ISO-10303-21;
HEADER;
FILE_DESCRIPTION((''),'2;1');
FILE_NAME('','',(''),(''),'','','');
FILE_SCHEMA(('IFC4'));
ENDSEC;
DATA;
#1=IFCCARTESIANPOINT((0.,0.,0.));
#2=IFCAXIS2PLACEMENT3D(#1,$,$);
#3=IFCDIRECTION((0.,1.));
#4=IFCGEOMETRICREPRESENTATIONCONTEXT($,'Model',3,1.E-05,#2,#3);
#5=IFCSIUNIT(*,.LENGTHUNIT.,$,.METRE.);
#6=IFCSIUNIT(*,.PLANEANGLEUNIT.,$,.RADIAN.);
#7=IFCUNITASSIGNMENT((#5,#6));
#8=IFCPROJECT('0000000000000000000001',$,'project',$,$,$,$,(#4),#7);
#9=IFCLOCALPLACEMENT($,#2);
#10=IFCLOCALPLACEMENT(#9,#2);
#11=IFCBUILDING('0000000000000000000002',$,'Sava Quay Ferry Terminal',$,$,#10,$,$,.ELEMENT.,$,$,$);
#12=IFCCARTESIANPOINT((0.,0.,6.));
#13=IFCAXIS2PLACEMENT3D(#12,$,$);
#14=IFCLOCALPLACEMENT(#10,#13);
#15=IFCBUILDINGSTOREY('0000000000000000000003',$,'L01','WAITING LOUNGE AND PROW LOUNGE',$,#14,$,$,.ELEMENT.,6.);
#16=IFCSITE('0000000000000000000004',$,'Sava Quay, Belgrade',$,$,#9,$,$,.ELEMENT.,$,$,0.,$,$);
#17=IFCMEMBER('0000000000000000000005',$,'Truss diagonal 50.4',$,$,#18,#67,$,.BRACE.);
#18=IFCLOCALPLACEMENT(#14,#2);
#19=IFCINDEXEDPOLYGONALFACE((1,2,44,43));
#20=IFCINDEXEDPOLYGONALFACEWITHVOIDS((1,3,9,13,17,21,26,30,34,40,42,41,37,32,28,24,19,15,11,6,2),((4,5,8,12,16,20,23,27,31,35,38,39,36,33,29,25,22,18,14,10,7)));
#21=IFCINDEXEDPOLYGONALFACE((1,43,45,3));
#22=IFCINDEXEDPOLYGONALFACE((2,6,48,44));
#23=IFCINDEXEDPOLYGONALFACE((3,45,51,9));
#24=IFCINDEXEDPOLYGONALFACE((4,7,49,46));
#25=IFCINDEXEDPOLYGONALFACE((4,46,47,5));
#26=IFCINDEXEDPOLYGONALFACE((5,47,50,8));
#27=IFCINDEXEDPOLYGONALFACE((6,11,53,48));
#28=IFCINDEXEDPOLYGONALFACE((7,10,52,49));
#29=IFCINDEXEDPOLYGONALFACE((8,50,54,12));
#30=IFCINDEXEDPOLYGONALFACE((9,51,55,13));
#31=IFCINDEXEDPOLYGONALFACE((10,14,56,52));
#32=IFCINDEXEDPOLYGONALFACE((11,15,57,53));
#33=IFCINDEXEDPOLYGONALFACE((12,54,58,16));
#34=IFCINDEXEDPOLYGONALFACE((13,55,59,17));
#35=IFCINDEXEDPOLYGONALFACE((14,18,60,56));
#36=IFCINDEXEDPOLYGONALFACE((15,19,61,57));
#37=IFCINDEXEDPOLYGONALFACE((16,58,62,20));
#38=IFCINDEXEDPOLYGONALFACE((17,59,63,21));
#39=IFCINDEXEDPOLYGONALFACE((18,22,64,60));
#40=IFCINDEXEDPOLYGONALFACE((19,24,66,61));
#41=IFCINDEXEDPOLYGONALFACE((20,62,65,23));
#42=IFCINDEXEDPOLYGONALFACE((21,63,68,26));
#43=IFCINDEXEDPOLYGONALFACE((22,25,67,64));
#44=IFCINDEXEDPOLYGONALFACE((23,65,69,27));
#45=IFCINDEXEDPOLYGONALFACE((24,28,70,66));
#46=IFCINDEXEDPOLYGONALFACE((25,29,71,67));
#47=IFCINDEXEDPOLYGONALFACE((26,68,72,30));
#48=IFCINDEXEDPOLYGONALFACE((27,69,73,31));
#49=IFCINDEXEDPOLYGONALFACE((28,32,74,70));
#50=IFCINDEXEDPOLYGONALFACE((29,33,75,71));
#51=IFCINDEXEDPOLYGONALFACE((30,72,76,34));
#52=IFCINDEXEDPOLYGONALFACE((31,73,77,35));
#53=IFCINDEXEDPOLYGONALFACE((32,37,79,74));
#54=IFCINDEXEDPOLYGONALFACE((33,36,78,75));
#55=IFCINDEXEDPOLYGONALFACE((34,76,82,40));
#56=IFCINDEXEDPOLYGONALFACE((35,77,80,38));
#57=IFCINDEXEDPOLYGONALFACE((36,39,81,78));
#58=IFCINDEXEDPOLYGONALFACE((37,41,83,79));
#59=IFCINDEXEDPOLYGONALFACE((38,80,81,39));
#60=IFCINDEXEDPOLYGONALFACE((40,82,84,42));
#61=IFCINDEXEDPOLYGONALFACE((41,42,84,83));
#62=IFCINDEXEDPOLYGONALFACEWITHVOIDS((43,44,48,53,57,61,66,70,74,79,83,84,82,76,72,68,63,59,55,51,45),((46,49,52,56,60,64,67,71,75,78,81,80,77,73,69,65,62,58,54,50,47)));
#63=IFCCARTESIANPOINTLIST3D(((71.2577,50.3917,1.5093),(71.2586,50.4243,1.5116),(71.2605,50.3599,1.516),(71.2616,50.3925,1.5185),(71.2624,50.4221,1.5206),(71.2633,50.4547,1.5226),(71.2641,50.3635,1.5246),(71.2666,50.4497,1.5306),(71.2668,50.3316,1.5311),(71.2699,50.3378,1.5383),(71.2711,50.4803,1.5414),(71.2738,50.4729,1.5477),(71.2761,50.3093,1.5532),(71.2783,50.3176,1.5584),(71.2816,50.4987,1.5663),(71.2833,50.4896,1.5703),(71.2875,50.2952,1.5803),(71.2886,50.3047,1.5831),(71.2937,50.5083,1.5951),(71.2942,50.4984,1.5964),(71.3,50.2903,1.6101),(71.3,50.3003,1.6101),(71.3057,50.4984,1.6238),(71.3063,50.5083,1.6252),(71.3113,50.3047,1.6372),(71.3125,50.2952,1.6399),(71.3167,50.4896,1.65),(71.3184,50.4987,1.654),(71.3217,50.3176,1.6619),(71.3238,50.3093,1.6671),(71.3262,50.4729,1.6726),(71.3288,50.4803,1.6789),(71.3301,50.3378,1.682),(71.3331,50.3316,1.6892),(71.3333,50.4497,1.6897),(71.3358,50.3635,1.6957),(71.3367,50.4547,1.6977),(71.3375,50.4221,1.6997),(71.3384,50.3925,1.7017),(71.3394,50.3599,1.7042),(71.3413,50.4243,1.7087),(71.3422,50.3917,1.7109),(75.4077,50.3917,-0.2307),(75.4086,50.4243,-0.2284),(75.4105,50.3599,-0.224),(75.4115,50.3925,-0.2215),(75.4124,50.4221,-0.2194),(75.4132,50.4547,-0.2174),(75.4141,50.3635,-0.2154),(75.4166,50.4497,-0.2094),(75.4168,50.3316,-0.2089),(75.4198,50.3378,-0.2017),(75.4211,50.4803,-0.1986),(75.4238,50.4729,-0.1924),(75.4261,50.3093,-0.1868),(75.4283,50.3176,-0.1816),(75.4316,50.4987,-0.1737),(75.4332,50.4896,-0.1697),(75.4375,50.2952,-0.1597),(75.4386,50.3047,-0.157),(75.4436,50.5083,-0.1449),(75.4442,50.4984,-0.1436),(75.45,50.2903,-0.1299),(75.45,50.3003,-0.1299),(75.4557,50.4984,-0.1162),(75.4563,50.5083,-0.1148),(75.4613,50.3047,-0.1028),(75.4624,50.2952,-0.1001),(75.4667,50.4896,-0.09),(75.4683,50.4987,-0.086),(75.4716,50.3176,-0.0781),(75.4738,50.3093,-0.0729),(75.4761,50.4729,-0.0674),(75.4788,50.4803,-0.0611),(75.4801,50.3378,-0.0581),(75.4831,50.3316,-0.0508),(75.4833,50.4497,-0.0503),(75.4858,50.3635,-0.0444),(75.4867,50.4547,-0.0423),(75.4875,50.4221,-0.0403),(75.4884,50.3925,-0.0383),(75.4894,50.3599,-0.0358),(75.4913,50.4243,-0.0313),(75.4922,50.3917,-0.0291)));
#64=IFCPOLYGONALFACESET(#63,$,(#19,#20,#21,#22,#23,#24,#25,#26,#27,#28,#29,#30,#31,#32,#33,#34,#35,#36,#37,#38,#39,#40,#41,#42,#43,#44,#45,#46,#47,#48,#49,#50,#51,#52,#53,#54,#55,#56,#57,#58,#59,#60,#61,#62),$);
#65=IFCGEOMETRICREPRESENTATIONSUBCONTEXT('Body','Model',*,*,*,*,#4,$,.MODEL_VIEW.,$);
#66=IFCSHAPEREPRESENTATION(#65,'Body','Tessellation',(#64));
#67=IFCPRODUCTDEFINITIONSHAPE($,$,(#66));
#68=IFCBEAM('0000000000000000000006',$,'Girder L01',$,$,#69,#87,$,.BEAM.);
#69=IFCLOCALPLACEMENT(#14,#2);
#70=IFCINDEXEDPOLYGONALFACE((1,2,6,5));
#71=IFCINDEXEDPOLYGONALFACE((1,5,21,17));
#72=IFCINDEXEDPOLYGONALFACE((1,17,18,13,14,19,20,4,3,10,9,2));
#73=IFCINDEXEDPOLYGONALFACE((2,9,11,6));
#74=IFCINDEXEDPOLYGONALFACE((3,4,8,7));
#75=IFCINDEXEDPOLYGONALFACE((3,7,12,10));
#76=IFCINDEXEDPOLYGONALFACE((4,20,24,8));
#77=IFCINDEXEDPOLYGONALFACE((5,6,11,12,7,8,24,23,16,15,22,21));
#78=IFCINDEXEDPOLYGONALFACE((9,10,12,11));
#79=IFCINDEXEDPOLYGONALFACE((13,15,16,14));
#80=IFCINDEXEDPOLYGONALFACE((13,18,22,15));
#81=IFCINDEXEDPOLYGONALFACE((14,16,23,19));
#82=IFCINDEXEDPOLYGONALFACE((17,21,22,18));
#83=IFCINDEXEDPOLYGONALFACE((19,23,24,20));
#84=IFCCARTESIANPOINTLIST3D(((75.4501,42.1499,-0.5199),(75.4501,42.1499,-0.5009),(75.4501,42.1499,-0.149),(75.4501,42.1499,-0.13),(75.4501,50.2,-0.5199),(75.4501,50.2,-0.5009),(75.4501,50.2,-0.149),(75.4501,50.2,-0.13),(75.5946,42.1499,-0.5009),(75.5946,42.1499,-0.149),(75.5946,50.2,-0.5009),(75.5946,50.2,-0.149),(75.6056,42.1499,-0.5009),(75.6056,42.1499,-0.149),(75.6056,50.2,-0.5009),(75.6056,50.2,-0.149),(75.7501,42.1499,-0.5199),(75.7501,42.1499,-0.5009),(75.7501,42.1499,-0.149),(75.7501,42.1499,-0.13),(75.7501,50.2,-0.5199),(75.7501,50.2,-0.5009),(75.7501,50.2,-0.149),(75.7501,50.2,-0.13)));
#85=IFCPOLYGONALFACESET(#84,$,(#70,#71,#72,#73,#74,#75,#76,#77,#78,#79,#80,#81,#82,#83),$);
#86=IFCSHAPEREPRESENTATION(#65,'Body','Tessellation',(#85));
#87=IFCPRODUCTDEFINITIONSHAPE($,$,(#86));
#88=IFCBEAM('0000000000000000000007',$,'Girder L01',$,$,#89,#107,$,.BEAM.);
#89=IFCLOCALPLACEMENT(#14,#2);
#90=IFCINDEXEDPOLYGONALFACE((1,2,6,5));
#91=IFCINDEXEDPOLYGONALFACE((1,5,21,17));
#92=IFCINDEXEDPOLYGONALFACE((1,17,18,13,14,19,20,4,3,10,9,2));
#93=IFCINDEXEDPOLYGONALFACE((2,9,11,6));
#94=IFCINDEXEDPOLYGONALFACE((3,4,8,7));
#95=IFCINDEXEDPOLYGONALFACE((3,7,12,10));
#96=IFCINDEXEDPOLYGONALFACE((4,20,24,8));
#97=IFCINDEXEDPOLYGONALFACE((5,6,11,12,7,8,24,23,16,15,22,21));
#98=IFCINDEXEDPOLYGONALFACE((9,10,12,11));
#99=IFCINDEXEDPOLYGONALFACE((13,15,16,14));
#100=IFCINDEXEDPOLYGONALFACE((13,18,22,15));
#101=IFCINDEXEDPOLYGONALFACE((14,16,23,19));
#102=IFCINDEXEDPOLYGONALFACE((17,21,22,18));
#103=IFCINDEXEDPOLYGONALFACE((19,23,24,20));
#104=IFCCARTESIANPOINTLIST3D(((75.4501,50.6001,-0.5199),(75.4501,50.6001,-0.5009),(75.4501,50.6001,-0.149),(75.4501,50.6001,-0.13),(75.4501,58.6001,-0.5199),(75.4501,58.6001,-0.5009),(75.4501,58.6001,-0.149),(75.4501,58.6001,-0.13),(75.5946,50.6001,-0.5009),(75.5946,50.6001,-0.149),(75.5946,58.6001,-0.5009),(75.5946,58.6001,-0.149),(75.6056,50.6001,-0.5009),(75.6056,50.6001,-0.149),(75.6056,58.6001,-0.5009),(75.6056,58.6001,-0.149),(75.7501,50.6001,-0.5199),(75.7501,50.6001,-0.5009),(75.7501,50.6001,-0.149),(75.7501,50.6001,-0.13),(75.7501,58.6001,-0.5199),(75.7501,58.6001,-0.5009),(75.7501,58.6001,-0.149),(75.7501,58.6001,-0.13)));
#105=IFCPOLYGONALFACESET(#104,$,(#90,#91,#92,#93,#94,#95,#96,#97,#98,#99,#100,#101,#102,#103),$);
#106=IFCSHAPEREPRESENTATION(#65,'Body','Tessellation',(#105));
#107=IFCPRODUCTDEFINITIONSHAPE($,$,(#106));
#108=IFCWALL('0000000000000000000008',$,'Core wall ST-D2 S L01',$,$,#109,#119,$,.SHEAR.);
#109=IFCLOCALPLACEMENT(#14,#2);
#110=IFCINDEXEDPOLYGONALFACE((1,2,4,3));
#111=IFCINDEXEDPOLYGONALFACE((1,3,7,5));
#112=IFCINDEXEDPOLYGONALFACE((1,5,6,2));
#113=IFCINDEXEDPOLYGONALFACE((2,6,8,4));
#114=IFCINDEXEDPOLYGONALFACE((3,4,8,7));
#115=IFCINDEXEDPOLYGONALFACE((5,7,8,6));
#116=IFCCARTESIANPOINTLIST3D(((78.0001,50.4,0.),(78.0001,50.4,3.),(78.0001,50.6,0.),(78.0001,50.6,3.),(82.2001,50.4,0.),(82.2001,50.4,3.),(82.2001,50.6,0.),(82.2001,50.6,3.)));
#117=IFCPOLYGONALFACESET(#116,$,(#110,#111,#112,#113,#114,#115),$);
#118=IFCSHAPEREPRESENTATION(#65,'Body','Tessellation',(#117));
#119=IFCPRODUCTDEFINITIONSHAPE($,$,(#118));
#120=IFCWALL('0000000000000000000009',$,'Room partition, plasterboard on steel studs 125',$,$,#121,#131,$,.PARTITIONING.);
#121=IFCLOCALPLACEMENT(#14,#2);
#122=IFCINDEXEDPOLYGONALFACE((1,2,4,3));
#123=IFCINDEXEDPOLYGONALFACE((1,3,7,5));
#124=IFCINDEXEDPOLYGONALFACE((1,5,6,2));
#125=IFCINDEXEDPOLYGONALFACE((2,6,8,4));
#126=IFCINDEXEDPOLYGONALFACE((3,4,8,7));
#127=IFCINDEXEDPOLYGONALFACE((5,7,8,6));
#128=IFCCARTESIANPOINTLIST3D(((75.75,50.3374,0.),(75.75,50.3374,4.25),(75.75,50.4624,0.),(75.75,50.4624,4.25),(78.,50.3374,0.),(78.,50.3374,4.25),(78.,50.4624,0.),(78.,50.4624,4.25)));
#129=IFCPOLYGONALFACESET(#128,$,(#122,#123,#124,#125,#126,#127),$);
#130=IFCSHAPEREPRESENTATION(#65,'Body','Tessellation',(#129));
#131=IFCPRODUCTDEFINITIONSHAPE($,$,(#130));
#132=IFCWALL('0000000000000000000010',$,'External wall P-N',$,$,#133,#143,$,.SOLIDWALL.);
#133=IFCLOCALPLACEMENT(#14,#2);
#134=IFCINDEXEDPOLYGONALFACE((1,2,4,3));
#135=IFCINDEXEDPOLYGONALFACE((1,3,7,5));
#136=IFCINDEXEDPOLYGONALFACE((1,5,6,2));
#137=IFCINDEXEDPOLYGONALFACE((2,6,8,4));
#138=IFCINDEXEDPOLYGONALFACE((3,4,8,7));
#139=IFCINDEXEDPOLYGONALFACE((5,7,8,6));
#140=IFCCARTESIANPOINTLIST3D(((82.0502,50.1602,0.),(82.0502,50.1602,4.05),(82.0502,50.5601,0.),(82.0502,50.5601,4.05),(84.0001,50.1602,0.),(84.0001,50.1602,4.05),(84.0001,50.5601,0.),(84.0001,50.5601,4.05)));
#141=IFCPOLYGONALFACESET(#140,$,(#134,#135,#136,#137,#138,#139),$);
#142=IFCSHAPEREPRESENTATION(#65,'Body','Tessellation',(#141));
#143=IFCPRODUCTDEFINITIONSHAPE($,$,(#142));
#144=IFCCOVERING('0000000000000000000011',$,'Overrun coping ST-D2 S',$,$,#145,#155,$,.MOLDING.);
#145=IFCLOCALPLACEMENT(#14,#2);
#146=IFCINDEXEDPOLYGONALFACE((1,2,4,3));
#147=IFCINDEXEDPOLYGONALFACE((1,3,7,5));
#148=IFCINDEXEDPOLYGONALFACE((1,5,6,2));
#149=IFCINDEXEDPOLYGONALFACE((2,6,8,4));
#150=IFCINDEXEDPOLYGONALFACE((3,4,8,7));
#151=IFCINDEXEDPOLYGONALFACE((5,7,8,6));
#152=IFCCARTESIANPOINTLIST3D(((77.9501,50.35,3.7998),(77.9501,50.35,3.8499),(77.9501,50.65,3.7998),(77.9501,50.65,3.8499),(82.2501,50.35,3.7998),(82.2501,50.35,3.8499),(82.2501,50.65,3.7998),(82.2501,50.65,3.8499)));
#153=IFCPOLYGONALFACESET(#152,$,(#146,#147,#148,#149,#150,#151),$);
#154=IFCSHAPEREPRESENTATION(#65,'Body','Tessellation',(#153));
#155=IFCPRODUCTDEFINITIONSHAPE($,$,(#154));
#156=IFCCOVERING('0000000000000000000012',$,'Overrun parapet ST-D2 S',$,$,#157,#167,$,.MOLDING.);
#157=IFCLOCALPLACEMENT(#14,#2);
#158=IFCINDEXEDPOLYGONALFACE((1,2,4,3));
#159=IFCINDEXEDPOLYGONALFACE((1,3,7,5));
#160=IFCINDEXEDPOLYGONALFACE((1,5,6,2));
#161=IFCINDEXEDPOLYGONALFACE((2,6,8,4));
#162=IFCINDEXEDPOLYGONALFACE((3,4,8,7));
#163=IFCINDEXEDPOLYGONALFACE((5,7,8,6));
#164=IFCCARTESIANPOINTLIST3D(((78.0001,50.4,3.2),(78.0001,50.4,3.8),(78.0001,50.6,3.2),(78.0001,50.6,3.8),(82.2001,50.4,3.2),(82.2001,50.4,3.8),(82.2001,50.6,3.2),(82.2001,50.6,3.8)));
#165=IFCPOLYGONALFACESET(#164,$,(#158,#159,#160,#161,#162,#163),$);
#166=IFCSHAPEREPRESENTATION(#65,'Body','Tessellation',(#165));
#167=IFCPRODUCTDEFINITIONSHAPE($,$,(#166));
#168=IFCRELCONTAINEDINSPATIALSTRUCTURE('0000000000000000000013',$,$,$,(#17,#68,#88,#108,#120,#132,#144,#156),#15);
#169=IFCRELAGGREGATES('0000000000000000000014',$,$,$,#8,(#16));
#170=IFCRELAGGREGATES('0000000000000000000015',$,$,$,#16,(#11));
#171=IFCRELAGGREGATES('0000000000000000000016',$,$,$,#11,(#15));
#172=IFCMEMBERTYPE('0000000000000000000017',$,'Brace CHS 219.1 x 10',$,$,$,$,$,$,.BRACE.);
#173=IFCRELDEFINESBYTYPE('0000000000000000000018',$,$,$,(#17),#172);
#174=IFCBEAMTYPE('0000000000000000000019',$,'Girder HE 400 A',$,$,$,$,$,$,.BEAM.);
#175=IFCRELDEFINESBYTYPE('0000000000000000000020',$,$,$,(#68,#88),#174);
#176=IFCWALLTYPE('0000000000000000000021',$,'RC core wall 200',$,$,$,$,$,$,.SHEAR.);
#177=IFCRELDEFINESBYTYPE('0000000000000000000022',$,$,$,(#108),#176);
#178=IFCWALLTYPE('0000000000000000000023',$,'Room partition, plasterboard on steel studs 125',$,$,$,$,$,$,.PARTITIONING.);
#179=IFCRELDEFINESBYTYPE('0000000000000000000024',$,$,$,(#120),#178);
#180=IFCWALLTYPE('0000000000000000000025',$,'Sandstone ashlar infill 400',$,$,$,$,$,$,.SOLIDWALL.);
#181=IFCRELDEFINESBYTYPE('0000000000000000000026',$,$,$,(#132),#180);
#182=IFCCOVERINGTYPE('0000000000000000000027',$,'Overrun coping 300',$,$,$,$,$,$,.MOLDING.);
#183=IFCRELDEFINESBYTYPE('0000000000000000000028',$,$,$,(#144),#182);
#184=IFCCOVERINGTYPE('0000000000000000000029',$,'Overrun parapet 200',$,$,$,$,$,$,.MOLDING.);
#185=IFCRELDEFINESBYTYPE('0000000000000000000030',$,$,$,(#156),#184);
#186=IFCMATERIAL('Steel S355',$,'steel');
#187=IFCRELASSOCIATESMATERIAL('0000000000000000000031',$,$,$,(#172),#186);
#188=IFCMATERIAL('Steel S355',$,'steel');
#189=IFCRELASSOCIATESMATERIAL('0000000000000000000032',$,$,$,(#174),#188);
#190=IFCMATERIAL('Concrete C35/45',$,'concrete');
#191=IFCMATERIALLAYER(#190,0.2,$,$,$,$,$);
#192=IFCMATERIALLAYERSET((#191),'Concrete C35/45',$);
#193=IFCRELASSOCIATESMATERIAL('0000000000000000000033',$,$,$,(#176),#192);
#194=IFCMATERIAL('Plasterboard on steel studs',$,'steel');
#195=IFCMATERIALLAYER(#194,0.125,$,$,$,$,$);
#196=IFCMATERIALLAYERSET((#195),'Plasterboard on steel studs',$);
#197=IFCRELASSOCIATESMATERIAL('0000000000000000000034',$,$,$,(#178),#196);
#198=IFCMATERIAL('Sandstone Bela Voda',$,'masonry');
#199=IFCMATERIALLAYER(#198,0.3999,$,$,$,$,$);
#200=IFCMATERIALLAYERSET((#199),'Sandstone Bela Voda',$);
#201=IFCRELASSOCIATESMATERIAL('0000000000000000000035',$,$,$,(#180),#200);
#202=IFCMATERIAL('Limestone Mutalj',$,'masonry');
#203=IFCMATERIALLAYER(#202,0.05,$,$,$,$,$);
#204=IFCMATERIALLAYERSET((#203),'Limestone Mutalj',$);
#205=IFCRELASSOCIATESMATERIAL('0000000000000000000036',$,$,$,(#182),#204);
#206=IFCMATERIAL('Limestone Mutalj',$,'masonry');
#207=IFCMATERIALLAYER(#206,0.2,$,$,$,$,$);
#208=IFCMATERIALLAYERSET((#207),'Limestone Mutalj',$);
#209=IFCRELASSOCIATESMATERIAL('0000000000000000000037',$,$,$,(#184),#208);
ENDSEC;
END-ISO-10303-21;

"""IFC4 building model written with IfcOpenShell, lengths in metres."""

from ifc_helpers import new_model, si_unit, direction, frame, frame_2d, origin, origin_2d, place, context, subcontext, project, spatial, rectangle, hollow_circle, i_section, extrude, material, layer, layer_set, material_profile, profile_set, type_object, element, save


model = new_model("IFC4")

# Units and contexts
model_context = context("Model", 3, precision=1e-05, world=origin(), true_north=direction((0.0, 1.0)))
body_context = subcontext(model_context, "Body", "Model", "MODEL_VIEW")
ifc_project = project(units=[si_unit("LENGTHUNIT", "METRE"), si_unit("PLANEANGLEUNIT", "RADIAN")], contexts=[model_context])

# Site, building, storey
site_placement = place(None, origin())
site = spatial("IfcSite", under=ifc_project, at=site_placement, Name="Sava Quay, Belgrade", CompositionType="ELEMENT", RefElevation=0.0)
building_placement = place(site_placement, origin())
building = spatial("IfcBuilding", under=site, at=building_placement, Name="Sava Quay Ferry Terminal", CompositionType="ELEMENT")
storey_placement = place(building_placement, frame((0.0, 0.0, 6.0)))
storey = spatial("IfcBuildingStorey", under=building, at=storey_placement, Name="L01", Description="WAITING LOUNGE AND PROW LOUNGE", CompositionType="ELEMENT", Elevation=6.0)

# Member
ifc_material_1 = material(Name="Steel S355", Category="steel")
ifc_material_profile_1 = material_profile(ifc_material_1, hollow_circle(Radius=0.1096, WallThickness=0.01, at=origin_2d()), Name="CHS 219.1 x 10")
ifc_profile_set_1 = profile_set([ifc_material_profile_1], Name="Steel S355")
member_type_1 = type_object("IfcMemberType", Name="Brace CHS 219.1 x 10", PredefinedType="BRACE", material=ifc_profile_set_1)
member_1_placement = place(storey_placement, frame((75.45, 50.3999, -0.1299), z_axis=(-0.922217, 0.0, 0.386672), x_axis=(0.0, -1.0, 0.0)))
element("IfcMember", 1, at=member_1_placement, inside=storey, type_object=member_type_1, Name="Truss diagonal 50.4", PredefinedType="BRACE", context=body_context, shape_type="SweptSolid", body=[
    extrude(hollow_circle(Radius=0.1096, WallThickness=0.01, at=origin_2d()), origin(), (0.0, 0.0, 1.0), 4.5),
])

# Beams
ifc_material_2 = material(Name="Steel S355", Category="steel")
ifc_material_profile_2 = material_profile(ifc_material_2, i_section(OverallWidth=0.3, OverallDepth=0.3899, WebThickness=0.011, FlangeThickness=0.019, at=origin_2d()), Name="HE 400 A")
ifc_profile_set_2 = profile_set([ifc_material_profile_2], Name="Steel S355")
beam_type_1 = type_object("IfcBeamType", Name="Girder HE 400 A", PredefinedType="BEAM", material=ifc_profile_set_2)
beam_1_placement = place(storey_placement, frame((75.6001, 42.1499, -0.325), z_axis=(0.0, 1.0, 0.0), x_axis=(-1.0, 0.0, 0.0)))
element("IfcBeam", 2, at=beam_1_placement, inside=storey, type_object=beam_type_1, Name="Girder L01", PredefinedType="BEAM", context=body_context, shape_type="SweptSolid", body=[
    extrude(i_section(OverallWidth=0.3, OverallDepth=0.3899, WebThickness=0.011, FlangeThickness=0.019, at=origin_2d()), origin(), (0.0, 0.0, 1.0), 8.05),
])
beam_2_placement = place(storey_placement, frame((75.6001, 50.6001, -0.325), z_axis=(0.0, 1.0, 0.0), x_axis=(-1.0, 0.0, 0.0)))
element("IfcBeam", 3, at=beam_2_placement, inside=storey, type_object=beam_type_1, Name="Girder L01", PredefinedType="BEAM", context=body_context, shape_type="SweptSolid", body=[
    extrude(i_section(OverallWidth=0.3, OverallDepth=0.3899, WebThickness=0.011, FlangeThickness=0.019, at=origin_2d()), origin(), (0.0, 0.0, 1.0), 8.0),
])

# Walls
ifc_material_3 = material(Name="Concrete C35/45", Category="concrete")
ifc_layer_1 = layer(ifc_material_3, 0.2)
ifc_layer_set_1 = layer_set([ifc_layer_1], Name="Concrete C35/45")
wall_type_1 = type_object("IfcWallType", Name="RC core wall 200", PredefinedType="SHEAR", material=ifc_layer_set_1)
wall_1_placement = place(storey_placement, frame((78.0, 50.5, 0.0), z_axis=(0.0, 0.0, 1.0), x_axis=(1.0, 0.0, 0.0)))
element("IfcWall", 4, at=wall_1_placement, inside=storey, type_object=wall_type_1, Name="Core wall ST-D2 S L01", PredefinedType="SHEAR", context=body_context, shape_type="SweptSolid", body=[
    extrude(rectangle(XDim=4.2, YDim=0.2, at=frame_2d((2.1001, 0.0))), origin(), (0.0, 0.0, 1.0), 3.0),
])
ifc_material_4 = material(Name="Plasterboard on steel studs", Category="steel")
ifc_layer_2 = layer(ifc_material_4, 0.125)
ifc_layer_set_2 = layer_set([ifc_layer_2], Name="Plasterboard on steel studs")
wall_type_2 = type_object("IfcWallType", Name="Room partition, plasterboard on steel studs 125", PredefinedType="PARTITIONING", material=ifc_layer_set_2)
wall_2_placement = place(storey_placement, frame((75.75, 50.3999, 0.0), z_axis=(0.0, 0.0, 1.0), x_axis=(1.0, 0.0, 0.0)))
element("IfcWall", 5, at=wall_2_placement, inside=storey, type_object=wall_type_2, Name="Room partition, plasterboard on steel studs 125", PredefinedType="PARTITIONING", context=body_context, shape_type="SweptSolid", body=[
    extrude(rectangle(XDim=2.25, YDim=0.125, at=frame_2d((1.125, 0.0))), origin(), (0.0, 0.0, 1.0), 4.25),
])
ifc_material_5 = material(Name="Sandstone Bela Voda", Category="masonry")
ifc_layer_3 = layer(ifc_material_5, 0.3999)
ifc_layer_set_3 = layer_set([ifc_layer_3], Name="Sandstone Bela Voda")
wall_type_3 = type_object("IfcWallType", Name="Sandstone ashlar infill 400", PredefinedType="SOLIDWALL", material=ifc_layer_set_3)
wall_3_placement = place(storey_placement, frame((82.05, 50.3601, 0.0), z_axis=(0.0, 0.0, 1.0), x_axis=(1.0, 0.0, 0.0)))
element("IfcWall", 6, at=wall_3_placement, inside=storey, type_object=wall_type_3, Name="External wall P-N", PredefinedType="SOLIDWALL", context=body_context, shape_type="SweptSolid", body=[
    extrude(rectangle(XDim=1.95, YDim=0.3999, at=frame_2d((0.9751, 0.0))), origin(), (0.0, 0.0, 1.0), 4.05),
])

# Coverings
ifc_material_6 = material(Name="Limestone Mutalj", Category="masonry")
ifc_layer_4 = layer(ifc_material_6, 0.05)
ifc_layer_set_4 = layer_set([ifc_layer_4], Name="Limestone Mutalj")
covering_type_1 = type_object("IfcCoveringType", Name="Overrun coping 300", PredefinedType="MOLDING", material=ifc_layer_set_4)
covering_1_placement = place(storey_placement, frame((80.1001, 50.5, 3.7998), z_axis=(0.0, 0.0, 1.0), x_axis=(1.0, 0.0, 0.0)))
element("IfcCovering", 7, at=covering_1_placement, inside=storey, type_object=covering_type_1, Name="Overrun coping ST-D2 S", PredefinedType="MOLDING", context=body_context, shape_type="SweptSolid", body=[
    extrude(rectangle(XDim=4.3, YDim=0.3, at=origin_2d()), origin(), (0.0, 0.0, 1.0), 0.05),
])
ifc_material_7 = material(Name="Limestone Mutalj", Category="masonry")
ifc_layer_5 = layer(ifc_material_7, 0.2)
ifc_layer_set_5 = layer_set([ifc_layer_5], Name="Limestone Mutalj")
covering_type_2 = type_object("IfcCoveringType", Name="Overrun parapet 200", PredefinedType="MOLDING", material=ifc_layer_set_5)
covering_2_placement = place(storey_placement, frame((80.1001, 50.5, 3.2), z_axis=(0.0, 0.0, 1.0), x_axis=(1.0, 0.0, 0.0)))
element("IfcCovering", 8, at=covering_2_placement, inside=storey, type_object=covering_type_2, Name="Overrun parapet ST-D2 S", PredefinedType="MOLDING", context=body_context, shape_type="SweptSolid", body=[
    extrude(rectangle(XDim=4.2, YDim=0.2, at=origin_2d()), origin(), (0.0, 0.0, 1.0), 0.6001),
])

save(model, "model.ifc")
